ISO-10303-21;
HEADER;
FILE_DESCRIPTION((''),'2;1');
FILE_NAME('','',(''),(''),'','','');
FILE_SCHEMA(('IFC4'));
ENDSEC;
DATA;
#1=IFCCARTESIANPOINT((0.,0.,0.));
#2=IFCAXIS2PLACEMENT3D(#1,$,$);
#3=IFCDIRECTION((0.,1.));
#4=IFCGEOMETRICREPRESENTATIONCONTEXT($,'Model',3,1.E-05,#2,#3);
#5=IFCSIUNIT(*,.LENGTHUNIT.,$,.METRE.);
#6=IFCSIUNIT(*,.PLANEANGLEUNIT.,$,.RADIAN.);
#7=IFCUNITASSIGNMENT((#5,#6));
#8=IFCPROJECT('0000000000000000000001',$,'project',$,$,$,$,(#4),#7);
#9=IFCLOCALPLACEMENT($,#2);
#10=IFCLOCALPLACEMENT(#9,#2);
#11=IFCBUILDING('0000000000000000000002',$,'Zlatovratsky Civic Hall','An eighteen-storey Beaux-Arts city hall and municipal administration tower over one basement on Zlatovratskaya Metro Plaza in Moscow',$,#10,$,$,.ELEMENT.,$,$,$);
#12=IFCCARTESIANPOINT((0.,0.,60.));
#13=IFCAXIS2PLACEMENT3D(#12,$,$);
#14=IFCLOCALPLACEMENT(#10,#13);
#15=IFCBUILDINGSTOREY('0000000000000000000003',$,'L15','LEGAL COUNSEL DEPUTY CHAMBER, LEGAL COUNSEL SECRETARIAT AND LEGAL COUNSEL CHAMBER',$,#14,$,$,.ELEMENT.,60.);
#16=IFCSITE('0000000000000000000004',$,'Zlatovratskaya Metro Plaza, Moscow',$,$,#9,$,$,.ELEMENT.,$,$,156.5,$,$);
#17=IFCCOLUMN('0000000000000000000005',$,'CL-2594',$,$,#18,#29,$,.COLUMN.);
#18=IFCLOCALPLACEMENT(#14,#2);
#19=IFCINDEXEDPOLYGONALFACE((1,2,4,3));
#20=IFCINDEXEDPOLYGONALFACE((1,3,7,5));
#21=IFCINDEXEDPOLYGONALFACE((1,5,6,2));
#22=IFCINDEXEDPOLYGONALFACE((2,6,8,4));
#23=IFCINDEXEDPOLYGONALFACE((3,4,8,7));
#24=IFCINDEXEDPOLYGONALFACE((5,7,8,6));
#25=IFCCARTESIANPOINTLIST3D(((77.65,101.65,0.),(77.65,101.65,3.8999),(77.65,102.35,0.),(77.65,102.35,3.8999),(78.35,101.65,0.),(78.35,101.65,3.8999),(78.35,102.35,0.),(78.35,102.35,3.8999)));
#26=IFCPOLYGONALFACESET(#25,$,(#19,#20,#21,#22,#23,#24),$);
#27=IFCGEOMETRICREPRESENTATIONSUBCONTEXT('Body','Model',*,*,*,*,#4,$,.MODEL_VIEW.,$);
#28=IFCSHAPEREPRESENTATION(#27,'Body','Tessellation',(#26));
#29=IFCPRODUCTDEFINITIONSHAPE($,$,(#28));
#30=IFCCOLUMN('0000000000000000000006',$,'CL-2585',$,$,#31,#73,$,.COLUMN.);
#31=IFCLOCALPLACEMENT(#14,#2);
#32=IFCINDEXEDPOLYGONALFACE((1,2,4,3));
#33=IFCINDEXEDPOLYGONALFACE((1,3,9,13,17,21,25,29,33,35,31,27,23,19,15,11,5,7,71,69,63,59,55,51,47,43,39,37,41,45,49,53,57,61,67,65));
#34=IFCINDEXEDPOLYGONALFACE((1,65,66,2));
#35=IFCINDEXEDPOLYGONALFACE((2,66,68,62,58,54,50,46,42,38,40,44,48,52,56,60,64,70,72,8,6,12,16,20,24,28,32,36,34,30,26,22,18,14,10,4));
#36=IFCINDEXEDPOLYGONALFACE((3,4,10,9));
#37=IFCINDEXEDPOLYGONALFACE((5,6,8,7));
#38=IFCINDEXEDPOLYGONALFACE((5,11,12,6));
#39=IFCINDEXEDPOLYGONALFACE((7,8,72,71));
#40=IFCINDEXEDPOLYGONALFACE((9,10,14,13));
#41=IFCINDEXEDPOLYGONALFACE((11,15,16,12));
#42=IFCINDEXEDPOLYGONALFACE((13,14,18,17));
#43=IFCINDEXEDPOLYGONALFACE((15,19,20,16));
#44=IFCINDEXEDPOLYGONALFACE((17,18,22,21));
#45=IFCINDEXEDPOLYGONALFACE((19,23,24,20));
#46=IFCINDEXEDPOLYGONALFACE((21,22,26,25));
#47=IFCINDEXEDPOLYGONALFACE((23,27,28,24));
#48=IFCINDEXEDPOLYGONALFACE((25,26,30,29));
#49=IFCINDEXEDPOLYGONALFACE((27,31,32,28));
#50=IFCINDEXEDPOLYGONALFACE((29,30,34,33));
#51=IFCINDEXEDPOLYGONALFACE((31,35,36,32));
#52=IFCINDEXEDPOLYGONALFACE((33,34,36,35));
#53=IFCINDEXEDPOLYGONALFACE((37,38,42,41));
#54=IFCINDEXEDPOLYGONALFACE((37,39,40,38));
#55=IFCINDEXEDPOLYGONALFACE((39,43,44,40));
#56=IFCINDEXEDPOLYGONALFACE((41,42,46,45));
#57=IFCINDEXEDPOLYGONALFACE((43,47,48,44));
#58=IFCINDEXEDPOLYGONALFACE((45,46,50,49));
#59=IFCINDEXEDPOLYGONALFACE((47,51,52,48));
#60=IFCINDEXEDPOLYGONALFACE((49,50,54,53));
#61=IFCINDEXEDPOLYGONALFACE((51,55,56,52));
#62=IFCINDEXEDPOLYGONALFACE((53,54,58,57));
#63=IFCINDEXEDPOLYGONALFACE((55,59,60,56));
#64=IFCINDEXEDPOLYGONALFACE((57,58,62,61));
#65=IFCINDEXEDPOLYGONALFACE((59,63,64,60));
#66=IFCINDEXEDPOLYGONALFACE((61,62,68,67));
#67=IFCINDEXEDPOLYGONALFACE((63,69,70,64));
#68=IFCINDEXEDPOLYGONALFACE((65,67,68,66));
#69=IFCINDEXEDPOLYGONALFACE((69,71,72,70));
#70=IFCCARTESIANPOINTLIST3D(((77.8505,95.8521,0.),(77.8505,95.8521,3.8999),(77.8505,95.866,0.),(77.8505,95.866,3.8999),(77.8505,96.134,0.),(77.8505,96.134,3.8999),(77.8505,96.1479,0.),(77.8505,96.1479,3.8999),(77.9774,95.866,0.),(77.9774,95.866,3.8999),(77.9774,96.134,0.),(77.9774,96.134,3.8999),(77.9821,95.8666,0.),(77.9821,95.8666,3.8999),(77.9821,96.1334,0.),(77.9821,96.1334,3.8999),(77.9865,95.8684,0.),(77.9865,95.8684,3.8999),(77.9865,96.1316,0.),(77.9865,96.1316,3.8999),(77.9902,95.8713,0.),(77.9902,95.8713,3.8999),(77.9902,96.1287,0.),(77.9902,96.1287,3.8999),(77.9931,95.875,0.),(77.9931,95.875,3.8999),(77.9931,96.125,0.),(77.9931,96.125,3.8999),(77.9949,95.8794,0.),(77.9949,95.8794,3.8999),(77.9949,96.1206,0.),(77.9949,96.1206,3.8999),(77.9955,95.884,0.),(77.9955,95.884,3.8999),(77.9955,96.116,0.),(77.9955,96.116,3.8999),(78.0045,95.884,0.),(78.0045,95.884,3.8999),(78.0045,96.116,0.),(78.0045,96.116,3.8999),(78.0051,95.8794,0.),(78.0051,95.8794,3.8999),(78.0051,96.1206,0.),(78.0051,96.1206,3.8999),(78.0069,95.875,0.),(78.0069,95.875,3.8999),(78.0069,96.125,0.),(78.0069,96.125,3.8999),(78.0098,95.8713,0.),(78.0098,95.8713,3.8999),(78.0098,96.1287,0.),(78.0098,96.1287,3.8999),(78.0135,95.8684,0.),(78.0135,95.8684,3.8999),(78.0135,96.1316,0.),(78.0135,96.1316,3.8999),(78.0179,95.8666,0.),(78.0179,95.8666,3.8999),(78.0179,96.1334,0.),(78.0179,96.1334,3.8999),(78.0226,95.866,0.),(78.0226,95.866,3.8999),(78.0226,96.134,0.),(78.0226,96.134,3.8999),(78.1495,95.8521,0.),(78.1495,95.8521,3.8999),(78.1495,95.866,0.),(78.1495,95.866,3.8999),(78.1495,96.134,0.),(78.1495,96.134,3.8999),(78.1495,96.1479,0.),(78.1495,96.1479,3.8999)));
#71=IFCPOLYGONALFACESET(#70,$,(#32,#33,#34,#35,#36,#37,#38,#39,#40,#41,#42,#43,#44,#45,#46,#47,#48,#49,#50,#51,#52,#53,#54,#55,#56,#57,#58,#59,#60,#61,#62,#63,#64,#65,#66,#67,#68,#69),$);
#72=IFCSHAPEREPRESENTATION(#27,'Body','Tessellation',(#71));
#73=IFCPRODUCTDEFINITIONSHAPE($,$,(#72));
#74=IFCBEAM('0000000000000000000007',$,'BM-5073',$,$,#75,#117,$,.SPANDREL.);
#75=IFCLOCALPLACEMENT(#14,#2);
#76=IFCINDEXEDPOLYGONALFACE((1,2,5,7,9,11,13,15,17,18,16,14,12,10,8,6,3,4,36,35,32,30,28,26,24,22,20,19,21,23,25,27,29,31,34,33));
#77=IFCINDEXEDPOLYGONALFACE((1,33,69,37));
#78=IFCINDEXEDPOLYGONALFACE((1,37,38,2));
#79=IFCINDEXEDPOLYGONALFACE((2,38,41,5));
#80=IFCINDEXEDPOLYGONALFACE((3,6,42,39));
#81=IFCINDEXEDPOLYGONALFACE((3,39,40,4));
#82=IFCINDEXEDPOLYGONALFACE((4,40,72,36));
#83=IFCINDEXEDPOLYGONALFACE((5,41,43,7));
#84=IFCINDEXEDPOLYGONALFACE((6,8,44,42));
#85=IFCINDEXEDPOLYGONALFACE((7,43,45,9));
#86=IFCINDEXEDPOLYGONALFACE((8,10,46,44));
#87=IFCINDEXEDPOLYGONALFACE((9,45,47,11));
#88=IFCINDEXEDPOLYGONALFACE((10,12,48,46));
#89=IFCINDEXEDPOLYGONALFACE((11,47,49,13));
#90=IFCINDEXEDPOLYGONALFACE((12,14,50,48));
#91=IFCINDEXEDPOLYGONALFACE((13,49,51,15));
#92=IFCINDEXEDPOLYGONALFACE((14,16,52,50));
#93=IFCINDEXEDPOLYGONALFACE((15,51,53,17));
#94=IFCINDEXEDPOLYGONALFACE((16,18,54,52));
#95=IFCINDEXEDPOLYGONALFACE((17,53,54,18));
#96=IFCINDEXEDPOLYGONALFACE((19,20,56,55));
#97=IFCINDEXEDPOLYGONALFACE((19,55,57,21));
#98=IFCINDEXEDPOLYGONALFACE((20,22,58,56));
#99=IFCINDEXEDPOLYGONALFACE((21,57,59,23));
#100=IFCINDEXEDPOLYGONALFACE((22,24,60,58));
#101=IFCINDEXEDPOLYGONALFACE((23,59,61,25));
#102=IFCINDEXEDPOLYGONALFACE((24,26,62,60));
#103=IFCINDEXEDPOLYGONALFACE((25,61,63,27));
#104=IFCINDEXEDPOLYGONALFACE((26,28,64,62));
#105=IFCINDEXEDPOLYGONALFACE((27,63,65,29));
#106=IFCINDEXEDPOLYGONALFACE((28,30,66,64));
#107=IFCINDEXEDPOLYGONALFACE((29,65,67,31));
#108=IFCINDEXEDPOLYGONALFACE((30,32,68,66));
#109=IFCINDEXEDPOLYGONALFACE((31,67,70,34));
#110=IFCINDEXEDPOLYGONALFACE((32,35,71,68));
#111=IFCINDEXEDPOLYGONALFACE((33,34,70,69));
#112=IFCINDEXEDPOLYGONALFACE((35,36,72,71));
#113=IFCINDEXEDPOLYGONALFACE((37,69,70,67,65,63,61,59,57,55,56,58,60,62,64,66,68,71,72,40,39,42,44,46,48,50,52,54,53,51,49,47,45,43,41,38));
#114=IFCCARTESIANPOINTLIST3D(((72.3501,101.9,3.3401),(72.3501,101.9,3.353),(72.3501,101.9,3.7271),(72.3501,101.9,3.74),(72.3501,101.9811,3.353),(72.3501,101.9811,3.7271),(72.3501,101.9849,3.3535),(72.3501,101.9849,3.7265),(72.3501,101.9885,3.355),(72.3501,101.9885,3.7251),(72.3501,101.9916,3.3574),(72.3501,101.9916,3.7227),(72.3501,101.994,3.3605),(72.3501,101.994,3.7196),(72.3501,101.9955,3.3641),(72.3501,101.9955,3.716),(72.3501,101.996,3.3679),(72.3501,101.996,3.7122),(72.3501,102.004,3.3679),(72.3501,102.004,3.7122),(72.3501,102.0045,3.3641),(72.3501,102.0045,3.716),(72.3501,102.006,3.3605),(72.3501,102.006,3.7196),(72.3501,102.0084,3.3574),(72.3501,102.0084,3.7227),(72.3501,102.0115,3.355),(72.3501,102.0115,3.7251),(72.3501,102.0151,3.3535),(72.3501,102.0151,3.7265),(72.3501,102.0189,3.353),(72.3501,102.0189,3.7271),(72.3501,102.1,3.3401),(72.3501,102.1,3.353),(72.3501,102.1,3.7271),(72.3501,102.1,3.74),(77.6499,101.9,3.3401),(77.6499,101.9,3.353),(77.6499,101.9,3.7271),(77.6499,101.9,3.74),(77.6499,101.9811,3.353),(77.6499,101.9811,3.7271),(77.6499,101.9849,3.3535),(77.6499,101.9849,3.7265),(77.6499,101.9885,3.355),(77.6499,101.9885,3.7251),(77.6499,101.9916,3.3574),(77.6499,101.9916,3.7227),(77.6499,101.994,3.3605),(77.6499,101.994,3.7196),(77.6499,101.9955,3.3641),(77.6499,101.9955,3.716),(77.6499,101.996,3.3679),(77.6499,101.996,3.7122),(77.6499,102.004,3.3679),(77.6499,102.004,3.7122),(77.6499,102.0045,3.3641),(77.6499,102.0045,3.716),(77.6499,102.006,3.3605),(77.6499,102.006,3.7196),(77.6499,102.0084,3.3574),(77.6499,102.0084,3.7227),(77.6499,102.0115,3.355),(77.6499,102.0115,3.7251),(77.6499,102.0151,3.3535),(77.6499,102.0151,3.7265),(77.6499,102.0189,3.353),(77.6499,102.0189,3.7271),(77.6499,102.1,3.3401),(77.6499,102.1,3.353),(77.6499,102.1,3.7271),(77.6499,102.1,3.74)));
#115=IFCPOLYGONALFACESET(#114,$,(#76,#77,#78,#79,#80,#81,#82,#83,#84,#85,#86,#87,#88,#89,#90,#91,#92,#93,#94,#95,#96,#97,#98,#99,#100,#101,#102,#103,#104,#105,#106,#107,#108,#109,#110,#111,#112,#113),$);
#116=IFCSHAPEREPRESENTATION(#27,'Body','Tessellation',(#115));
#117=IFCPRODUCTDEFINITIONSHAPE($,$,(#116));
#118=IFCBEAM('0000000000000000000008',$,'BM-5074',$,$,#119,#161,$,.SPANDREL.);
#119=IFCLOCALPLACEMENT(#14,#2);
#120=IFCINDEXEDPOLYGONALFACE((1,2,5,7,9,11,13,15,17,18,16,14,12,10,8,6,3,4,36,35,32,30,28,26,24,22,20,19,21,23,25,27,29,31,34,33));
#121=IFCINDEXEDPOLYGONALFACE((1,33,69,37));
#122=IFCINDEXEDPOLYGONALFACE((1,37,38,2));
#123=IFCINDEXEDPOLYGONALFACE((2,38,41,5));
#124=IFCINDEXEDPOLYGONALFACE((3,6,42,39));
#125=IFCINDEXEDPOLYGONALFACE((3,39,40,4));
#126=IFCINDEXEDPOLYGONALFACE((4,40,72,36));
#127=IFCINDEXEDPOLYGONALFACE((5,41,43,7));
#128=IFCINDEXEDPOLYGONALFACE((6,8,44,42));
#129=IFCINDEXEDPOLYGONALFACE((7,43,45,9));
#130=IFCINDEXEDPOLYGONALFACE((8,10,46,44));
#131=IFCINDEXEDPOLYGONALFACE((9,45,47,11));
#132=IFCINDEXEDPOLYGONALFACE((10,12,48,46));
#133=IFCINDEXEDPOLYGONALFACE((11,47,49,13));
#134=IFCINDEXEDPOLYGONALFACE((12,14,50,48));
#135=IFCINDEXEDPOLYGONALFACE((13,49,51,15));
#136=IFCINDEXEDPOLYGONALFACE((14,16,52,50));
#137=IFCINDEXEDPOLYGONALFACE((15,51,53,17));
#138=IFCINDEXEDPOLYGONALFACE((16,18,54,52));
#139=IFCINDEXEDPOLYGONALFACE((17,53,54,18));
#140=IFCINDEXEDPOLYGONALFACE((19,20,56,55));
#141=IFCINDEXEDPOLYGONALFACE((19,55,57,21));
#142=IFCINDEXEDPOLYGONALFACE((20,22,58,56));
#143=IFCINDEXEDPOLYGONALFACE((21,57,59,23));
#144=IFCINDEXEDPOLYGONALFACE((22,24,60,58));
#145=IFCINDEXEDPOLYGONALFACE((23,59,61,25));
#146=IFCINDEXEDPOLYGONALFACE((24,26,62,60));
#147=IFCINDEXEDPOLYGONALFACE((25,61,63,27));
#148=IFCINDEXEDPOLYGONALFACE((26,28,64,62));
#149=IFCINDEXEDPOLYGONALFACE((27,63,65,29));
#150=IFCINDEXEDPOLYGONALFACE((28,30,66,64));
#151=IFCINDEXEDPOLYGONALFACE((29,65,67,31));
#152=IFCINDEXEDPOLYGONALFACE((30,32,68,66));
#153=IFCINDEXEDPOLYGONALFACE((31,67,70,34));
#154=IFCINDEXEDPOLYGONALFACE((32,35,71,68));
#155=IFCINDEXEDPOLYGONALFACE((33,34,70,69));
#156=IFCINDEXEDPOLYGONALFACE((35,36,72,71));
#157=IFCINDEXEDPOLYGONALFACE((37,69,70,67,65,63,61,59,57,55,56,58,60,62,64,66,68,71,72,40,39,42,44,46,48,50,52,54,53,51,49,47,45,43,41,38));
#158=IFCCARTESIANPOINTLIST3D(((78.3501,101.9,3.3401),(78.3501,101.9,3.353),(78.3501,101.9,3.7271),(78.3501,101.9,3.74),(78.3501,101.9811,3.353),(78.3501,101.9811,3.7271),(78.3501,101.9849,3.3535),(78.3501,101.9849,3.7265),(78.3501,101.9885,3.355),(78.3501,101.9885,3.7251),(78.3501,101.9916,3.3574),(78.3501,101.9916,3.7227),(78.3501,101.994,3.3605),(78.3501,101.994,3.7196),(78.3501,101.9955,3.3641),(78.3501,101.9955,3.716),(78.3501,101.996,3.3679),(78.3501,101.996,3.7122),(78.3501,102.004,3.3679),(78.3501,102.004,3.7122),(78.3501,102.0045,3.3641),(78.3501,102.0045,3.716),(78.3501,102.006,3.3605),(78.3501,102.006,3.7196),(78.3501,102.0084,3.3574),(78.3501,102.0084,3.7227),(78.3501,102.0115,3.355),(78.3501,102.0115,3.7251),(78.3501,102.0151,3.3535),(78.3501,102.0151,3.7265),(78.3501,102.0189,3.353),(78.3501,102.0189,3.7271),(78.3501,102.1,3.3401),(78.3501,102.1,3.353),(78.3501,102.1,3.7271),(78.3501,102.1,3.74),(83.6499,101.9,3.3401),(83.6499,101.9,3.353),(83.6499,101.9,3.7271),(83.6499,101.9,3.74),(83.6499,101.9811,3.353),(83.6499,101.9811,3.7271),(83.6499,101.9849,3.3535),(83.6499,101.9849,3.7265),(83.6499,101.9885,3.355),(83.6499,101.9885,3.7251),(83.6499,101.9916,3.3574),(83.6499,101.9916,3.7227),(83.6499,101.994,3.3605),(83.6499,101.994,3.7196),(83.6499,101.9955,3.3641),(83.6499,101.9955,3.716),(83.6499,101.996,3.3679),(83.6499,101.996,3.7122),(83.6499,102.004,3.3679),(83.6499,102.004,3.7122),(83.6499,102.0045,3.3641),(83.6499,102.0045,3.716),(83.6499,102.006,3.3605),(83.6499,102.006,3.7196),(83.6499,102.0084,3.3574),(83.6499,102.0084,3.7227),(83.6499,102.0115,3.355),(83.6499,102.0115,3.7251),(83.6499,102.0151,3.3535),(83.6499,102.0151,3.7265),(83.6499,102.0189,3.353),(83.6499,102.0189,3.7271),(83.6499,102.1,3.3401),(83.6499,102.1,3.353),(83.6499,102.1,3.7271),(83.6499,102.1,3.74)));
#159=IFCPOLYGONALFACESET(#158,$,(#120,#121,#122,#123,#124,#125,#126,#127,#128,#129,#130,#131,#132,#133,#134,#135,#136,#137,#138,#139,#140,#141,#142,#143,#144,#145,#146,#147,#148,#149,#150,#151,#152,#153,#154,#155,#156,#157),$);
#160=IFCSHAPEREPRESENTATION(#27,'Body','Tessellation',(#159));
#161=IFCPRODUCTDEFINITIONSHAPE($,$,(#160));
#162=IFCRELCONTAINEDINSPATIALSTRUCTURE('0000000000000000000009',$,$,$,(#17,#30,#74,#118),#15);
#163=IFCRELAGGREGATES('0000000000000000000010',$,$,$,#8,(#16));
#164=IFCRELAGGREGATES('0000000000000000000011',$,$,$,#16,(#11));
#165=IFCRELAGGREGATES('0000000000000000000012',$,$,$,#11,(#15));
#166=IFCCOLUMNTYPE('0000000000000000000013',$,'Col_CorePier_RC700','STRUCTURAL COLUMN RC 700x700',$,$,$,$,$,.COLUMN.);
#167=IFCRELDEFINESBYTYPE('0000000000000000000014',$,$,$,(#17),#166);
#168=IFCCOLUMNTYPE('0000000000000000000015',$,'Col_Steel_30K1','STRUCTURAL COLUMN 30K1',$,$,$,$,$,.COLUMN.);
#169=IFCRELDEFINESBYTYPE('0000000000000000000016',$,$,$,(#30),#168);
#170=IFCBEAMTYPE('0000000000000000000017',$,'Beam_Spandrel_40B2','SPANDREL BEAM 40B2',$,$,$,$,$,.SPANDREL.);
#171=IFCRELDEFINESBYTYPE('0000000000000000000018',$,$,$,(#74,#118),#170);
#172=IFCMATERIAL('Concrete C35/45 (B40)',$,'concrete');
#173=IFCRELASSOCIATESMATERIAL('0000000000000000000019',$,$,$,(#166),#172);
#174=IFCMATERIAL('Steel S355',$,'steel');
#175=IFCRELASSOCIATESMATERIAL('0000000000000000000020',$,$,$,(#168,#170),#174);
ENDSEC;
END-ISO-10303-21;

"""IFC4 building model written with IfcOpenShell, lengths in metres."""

from ifc_helpers import new_model, si_unit, direction, frame, origin, origin_2d, place, context, subcontext, project, spatial, rectangle, i_section, extrude, material, material_profile, profile_set, type_object, element, save


model = new_model("IFC4")

# Units and contexts
model_context = context("Model", 3, precision=1e-05, world=origin(), true_north=direction((0.0, 1.0)))
body_context = subcontext(model_context, "Body", "Model", "MODEL_VIEW")
ifc_project = project(units=[si_unit("LENGTHUNIT", "METRE"), si_unit("PLANEANGLEUNIT", "RADIAN")], contexts=[model_context])

# Site, building, storey
site_placement = place(None, origin())
site = spatial("IfcSite", under=ifc_project, at=site_placement, Name="Zlatovratskaya Metro Plaza, Moscow", CompositionType="ELEMENT", RefElevation=156.5)
building_placement = place(site_placement, origin())
building = spatial("IfcBuilding", under=site, at=building_placement, Name="Zlatovratsky Civic Hall", Description="An eighteen-storey Beaux-Arts city hall and municipal administration tower over one basement on Zlatovratskaya Metro Plaza in Moscow", CompositionType="ELEMENT")
storey_placement = place(building_placement, frame((0.0, 0.0, 60.0)))
storey = spatial("IfcBuildingStorey", under=building, at=storey_placement, Name="L15", Description="LEGAL COUNSEL DEPUTY CHAMBER, LEGAL COUNSEL SECRETARIAT AND LEGAL COUNSEL CHAMBER", CompositionType="ELEMENT", Elevation=60.0)

# Columns
ifc_material_1 = material(Name="Concrete C35/45 (B40)", Category="concrete")
ifc_material_profile_1 = material_profile(ifc_material_1, rectangle(XDim=0.7, YDim=0.7, at=origin_2d()), Name="RC 700x700")
ifc_profile_set_1 = profile_set([ifc_material_profile_1], Name="Concrete C35/45 (B40)")
column_type_1 = type_object("IfcColumnType", Name="Col_CorePier_RC700", Description="STRUCTURAL COLUMN RC 700x700", PredefinedType="COLUMN", material=ifc_profile_set_1)
column_1_placement = place(storey_placement, frame((78.0, 102.0, 0.0), z_axis=(0.0, 0.0, 1.0), x_axis=(1.0, 0.0, 0.0)))
element("IfcColumn", 1, at=column_1_placement, inside=storey, type_object=column_type_1, Name="CL-2594", PredefinedType="COLUMN", context=body_context, shape_type="SweptSolid", body=[
    extrude(rectangle(XDim=0.7, YDim=0.7, at=origin_2d()), origin(), (0.0, 0.0, 1.0), 3.8999),
])
ifc_material_2 = material(Name="Steel S355", Category="steel")
ifc_material_profile_2 = material_profile(ifc_material_2, i_section(OverallWidth=0.2991, OverallDepth=0.2959, WebThickness=0.009, FlangeThickness=0.0139, FilletRadius=0.0181, at=origin_2d()), Name="30K1")
ifc_profile_set_2 = profile_set([ifc_material_profile_2], Name="Steel S355")
column_type_2 = type_object("IfcColumnType", Name="Col_Steel_30K1", Description="STRUCTURAL COLUMN 30K1", PredefinedType="COLUMN", material=ifc_profile_set_2)
column_2_placement = place(storey_placement, frame((78.0, 96.0, 0.0), z_axis=(0.0, 0.0, 1.0), x_axis=(1.0, 0.0, 0.0)))
element("IfcColumn", 2, at=column_2_placement, inside=storey, type_object=column_type_2, Name="CL-2585", PredefinedType="COLUMN", context=body_context, shape_type="SweptSolid", body=[
    extrude(i_section(OverallWidth=0.2991, OverallDepth=0.2959, WebThickness=0.009, FlangeThickness=0.0139, FilletRadius=0.0181, at=origin_2d()), origin(), (0.0, 0.0, 1.0), 3.8999),
])

# Beams
ifc_material_profile_3 = material_profile(ifc_material_2, i_section(OverallWidth=0.2, OverallDepth=0.3999, WebThickness=0.0081, FlangeThickness=0.0129, FilletRadius=0.0149, at=origin_2d()), Name="40B2")
ifc_profile_set_3 = profile_set([ifc_material_profile_3], Name="Steel S355")
beam_type_1 = type_object("IfcBeamType", Name="Beam_Spandrel_40B2", Description="SPANDREL BEAM 40B2", PredefinedType="SPANDREL", material=ifc_profile_set_3)
for number, where, z_axis, x_axis, name in (
    (3, (72.3501, 102.0, 3.54), (1.0, 0.0, 0.0), (0.0, 1.0, 0.0), "BM-5073"),
    (4, (78.3501, 102.0, 3.54), (1.0, 0.0, 0.0), (0.0, 1.0, 0.0), "BM-5074"),
):
    element("IfcBeam", number, at=place(storey_placement, frame(where, z_axis=z_axis, x_axis=x_axis)), inside=storey, type_object=beam_type_1, Name=name, PredefinedType="SPANDREL", context=body_context, shape_type="SweptSolid", body=[
        extrude(i_section(OverallWidth=0.2, OverallDepth=0.3999, WebThickness=0.0081, FlangeThickness=0.0129, FilletRadius=0.0149, at=origin_2d()), origin(), (0.0, 0.0, 1.0), 5.2998),
    ])

save(model, "model.ifc")
